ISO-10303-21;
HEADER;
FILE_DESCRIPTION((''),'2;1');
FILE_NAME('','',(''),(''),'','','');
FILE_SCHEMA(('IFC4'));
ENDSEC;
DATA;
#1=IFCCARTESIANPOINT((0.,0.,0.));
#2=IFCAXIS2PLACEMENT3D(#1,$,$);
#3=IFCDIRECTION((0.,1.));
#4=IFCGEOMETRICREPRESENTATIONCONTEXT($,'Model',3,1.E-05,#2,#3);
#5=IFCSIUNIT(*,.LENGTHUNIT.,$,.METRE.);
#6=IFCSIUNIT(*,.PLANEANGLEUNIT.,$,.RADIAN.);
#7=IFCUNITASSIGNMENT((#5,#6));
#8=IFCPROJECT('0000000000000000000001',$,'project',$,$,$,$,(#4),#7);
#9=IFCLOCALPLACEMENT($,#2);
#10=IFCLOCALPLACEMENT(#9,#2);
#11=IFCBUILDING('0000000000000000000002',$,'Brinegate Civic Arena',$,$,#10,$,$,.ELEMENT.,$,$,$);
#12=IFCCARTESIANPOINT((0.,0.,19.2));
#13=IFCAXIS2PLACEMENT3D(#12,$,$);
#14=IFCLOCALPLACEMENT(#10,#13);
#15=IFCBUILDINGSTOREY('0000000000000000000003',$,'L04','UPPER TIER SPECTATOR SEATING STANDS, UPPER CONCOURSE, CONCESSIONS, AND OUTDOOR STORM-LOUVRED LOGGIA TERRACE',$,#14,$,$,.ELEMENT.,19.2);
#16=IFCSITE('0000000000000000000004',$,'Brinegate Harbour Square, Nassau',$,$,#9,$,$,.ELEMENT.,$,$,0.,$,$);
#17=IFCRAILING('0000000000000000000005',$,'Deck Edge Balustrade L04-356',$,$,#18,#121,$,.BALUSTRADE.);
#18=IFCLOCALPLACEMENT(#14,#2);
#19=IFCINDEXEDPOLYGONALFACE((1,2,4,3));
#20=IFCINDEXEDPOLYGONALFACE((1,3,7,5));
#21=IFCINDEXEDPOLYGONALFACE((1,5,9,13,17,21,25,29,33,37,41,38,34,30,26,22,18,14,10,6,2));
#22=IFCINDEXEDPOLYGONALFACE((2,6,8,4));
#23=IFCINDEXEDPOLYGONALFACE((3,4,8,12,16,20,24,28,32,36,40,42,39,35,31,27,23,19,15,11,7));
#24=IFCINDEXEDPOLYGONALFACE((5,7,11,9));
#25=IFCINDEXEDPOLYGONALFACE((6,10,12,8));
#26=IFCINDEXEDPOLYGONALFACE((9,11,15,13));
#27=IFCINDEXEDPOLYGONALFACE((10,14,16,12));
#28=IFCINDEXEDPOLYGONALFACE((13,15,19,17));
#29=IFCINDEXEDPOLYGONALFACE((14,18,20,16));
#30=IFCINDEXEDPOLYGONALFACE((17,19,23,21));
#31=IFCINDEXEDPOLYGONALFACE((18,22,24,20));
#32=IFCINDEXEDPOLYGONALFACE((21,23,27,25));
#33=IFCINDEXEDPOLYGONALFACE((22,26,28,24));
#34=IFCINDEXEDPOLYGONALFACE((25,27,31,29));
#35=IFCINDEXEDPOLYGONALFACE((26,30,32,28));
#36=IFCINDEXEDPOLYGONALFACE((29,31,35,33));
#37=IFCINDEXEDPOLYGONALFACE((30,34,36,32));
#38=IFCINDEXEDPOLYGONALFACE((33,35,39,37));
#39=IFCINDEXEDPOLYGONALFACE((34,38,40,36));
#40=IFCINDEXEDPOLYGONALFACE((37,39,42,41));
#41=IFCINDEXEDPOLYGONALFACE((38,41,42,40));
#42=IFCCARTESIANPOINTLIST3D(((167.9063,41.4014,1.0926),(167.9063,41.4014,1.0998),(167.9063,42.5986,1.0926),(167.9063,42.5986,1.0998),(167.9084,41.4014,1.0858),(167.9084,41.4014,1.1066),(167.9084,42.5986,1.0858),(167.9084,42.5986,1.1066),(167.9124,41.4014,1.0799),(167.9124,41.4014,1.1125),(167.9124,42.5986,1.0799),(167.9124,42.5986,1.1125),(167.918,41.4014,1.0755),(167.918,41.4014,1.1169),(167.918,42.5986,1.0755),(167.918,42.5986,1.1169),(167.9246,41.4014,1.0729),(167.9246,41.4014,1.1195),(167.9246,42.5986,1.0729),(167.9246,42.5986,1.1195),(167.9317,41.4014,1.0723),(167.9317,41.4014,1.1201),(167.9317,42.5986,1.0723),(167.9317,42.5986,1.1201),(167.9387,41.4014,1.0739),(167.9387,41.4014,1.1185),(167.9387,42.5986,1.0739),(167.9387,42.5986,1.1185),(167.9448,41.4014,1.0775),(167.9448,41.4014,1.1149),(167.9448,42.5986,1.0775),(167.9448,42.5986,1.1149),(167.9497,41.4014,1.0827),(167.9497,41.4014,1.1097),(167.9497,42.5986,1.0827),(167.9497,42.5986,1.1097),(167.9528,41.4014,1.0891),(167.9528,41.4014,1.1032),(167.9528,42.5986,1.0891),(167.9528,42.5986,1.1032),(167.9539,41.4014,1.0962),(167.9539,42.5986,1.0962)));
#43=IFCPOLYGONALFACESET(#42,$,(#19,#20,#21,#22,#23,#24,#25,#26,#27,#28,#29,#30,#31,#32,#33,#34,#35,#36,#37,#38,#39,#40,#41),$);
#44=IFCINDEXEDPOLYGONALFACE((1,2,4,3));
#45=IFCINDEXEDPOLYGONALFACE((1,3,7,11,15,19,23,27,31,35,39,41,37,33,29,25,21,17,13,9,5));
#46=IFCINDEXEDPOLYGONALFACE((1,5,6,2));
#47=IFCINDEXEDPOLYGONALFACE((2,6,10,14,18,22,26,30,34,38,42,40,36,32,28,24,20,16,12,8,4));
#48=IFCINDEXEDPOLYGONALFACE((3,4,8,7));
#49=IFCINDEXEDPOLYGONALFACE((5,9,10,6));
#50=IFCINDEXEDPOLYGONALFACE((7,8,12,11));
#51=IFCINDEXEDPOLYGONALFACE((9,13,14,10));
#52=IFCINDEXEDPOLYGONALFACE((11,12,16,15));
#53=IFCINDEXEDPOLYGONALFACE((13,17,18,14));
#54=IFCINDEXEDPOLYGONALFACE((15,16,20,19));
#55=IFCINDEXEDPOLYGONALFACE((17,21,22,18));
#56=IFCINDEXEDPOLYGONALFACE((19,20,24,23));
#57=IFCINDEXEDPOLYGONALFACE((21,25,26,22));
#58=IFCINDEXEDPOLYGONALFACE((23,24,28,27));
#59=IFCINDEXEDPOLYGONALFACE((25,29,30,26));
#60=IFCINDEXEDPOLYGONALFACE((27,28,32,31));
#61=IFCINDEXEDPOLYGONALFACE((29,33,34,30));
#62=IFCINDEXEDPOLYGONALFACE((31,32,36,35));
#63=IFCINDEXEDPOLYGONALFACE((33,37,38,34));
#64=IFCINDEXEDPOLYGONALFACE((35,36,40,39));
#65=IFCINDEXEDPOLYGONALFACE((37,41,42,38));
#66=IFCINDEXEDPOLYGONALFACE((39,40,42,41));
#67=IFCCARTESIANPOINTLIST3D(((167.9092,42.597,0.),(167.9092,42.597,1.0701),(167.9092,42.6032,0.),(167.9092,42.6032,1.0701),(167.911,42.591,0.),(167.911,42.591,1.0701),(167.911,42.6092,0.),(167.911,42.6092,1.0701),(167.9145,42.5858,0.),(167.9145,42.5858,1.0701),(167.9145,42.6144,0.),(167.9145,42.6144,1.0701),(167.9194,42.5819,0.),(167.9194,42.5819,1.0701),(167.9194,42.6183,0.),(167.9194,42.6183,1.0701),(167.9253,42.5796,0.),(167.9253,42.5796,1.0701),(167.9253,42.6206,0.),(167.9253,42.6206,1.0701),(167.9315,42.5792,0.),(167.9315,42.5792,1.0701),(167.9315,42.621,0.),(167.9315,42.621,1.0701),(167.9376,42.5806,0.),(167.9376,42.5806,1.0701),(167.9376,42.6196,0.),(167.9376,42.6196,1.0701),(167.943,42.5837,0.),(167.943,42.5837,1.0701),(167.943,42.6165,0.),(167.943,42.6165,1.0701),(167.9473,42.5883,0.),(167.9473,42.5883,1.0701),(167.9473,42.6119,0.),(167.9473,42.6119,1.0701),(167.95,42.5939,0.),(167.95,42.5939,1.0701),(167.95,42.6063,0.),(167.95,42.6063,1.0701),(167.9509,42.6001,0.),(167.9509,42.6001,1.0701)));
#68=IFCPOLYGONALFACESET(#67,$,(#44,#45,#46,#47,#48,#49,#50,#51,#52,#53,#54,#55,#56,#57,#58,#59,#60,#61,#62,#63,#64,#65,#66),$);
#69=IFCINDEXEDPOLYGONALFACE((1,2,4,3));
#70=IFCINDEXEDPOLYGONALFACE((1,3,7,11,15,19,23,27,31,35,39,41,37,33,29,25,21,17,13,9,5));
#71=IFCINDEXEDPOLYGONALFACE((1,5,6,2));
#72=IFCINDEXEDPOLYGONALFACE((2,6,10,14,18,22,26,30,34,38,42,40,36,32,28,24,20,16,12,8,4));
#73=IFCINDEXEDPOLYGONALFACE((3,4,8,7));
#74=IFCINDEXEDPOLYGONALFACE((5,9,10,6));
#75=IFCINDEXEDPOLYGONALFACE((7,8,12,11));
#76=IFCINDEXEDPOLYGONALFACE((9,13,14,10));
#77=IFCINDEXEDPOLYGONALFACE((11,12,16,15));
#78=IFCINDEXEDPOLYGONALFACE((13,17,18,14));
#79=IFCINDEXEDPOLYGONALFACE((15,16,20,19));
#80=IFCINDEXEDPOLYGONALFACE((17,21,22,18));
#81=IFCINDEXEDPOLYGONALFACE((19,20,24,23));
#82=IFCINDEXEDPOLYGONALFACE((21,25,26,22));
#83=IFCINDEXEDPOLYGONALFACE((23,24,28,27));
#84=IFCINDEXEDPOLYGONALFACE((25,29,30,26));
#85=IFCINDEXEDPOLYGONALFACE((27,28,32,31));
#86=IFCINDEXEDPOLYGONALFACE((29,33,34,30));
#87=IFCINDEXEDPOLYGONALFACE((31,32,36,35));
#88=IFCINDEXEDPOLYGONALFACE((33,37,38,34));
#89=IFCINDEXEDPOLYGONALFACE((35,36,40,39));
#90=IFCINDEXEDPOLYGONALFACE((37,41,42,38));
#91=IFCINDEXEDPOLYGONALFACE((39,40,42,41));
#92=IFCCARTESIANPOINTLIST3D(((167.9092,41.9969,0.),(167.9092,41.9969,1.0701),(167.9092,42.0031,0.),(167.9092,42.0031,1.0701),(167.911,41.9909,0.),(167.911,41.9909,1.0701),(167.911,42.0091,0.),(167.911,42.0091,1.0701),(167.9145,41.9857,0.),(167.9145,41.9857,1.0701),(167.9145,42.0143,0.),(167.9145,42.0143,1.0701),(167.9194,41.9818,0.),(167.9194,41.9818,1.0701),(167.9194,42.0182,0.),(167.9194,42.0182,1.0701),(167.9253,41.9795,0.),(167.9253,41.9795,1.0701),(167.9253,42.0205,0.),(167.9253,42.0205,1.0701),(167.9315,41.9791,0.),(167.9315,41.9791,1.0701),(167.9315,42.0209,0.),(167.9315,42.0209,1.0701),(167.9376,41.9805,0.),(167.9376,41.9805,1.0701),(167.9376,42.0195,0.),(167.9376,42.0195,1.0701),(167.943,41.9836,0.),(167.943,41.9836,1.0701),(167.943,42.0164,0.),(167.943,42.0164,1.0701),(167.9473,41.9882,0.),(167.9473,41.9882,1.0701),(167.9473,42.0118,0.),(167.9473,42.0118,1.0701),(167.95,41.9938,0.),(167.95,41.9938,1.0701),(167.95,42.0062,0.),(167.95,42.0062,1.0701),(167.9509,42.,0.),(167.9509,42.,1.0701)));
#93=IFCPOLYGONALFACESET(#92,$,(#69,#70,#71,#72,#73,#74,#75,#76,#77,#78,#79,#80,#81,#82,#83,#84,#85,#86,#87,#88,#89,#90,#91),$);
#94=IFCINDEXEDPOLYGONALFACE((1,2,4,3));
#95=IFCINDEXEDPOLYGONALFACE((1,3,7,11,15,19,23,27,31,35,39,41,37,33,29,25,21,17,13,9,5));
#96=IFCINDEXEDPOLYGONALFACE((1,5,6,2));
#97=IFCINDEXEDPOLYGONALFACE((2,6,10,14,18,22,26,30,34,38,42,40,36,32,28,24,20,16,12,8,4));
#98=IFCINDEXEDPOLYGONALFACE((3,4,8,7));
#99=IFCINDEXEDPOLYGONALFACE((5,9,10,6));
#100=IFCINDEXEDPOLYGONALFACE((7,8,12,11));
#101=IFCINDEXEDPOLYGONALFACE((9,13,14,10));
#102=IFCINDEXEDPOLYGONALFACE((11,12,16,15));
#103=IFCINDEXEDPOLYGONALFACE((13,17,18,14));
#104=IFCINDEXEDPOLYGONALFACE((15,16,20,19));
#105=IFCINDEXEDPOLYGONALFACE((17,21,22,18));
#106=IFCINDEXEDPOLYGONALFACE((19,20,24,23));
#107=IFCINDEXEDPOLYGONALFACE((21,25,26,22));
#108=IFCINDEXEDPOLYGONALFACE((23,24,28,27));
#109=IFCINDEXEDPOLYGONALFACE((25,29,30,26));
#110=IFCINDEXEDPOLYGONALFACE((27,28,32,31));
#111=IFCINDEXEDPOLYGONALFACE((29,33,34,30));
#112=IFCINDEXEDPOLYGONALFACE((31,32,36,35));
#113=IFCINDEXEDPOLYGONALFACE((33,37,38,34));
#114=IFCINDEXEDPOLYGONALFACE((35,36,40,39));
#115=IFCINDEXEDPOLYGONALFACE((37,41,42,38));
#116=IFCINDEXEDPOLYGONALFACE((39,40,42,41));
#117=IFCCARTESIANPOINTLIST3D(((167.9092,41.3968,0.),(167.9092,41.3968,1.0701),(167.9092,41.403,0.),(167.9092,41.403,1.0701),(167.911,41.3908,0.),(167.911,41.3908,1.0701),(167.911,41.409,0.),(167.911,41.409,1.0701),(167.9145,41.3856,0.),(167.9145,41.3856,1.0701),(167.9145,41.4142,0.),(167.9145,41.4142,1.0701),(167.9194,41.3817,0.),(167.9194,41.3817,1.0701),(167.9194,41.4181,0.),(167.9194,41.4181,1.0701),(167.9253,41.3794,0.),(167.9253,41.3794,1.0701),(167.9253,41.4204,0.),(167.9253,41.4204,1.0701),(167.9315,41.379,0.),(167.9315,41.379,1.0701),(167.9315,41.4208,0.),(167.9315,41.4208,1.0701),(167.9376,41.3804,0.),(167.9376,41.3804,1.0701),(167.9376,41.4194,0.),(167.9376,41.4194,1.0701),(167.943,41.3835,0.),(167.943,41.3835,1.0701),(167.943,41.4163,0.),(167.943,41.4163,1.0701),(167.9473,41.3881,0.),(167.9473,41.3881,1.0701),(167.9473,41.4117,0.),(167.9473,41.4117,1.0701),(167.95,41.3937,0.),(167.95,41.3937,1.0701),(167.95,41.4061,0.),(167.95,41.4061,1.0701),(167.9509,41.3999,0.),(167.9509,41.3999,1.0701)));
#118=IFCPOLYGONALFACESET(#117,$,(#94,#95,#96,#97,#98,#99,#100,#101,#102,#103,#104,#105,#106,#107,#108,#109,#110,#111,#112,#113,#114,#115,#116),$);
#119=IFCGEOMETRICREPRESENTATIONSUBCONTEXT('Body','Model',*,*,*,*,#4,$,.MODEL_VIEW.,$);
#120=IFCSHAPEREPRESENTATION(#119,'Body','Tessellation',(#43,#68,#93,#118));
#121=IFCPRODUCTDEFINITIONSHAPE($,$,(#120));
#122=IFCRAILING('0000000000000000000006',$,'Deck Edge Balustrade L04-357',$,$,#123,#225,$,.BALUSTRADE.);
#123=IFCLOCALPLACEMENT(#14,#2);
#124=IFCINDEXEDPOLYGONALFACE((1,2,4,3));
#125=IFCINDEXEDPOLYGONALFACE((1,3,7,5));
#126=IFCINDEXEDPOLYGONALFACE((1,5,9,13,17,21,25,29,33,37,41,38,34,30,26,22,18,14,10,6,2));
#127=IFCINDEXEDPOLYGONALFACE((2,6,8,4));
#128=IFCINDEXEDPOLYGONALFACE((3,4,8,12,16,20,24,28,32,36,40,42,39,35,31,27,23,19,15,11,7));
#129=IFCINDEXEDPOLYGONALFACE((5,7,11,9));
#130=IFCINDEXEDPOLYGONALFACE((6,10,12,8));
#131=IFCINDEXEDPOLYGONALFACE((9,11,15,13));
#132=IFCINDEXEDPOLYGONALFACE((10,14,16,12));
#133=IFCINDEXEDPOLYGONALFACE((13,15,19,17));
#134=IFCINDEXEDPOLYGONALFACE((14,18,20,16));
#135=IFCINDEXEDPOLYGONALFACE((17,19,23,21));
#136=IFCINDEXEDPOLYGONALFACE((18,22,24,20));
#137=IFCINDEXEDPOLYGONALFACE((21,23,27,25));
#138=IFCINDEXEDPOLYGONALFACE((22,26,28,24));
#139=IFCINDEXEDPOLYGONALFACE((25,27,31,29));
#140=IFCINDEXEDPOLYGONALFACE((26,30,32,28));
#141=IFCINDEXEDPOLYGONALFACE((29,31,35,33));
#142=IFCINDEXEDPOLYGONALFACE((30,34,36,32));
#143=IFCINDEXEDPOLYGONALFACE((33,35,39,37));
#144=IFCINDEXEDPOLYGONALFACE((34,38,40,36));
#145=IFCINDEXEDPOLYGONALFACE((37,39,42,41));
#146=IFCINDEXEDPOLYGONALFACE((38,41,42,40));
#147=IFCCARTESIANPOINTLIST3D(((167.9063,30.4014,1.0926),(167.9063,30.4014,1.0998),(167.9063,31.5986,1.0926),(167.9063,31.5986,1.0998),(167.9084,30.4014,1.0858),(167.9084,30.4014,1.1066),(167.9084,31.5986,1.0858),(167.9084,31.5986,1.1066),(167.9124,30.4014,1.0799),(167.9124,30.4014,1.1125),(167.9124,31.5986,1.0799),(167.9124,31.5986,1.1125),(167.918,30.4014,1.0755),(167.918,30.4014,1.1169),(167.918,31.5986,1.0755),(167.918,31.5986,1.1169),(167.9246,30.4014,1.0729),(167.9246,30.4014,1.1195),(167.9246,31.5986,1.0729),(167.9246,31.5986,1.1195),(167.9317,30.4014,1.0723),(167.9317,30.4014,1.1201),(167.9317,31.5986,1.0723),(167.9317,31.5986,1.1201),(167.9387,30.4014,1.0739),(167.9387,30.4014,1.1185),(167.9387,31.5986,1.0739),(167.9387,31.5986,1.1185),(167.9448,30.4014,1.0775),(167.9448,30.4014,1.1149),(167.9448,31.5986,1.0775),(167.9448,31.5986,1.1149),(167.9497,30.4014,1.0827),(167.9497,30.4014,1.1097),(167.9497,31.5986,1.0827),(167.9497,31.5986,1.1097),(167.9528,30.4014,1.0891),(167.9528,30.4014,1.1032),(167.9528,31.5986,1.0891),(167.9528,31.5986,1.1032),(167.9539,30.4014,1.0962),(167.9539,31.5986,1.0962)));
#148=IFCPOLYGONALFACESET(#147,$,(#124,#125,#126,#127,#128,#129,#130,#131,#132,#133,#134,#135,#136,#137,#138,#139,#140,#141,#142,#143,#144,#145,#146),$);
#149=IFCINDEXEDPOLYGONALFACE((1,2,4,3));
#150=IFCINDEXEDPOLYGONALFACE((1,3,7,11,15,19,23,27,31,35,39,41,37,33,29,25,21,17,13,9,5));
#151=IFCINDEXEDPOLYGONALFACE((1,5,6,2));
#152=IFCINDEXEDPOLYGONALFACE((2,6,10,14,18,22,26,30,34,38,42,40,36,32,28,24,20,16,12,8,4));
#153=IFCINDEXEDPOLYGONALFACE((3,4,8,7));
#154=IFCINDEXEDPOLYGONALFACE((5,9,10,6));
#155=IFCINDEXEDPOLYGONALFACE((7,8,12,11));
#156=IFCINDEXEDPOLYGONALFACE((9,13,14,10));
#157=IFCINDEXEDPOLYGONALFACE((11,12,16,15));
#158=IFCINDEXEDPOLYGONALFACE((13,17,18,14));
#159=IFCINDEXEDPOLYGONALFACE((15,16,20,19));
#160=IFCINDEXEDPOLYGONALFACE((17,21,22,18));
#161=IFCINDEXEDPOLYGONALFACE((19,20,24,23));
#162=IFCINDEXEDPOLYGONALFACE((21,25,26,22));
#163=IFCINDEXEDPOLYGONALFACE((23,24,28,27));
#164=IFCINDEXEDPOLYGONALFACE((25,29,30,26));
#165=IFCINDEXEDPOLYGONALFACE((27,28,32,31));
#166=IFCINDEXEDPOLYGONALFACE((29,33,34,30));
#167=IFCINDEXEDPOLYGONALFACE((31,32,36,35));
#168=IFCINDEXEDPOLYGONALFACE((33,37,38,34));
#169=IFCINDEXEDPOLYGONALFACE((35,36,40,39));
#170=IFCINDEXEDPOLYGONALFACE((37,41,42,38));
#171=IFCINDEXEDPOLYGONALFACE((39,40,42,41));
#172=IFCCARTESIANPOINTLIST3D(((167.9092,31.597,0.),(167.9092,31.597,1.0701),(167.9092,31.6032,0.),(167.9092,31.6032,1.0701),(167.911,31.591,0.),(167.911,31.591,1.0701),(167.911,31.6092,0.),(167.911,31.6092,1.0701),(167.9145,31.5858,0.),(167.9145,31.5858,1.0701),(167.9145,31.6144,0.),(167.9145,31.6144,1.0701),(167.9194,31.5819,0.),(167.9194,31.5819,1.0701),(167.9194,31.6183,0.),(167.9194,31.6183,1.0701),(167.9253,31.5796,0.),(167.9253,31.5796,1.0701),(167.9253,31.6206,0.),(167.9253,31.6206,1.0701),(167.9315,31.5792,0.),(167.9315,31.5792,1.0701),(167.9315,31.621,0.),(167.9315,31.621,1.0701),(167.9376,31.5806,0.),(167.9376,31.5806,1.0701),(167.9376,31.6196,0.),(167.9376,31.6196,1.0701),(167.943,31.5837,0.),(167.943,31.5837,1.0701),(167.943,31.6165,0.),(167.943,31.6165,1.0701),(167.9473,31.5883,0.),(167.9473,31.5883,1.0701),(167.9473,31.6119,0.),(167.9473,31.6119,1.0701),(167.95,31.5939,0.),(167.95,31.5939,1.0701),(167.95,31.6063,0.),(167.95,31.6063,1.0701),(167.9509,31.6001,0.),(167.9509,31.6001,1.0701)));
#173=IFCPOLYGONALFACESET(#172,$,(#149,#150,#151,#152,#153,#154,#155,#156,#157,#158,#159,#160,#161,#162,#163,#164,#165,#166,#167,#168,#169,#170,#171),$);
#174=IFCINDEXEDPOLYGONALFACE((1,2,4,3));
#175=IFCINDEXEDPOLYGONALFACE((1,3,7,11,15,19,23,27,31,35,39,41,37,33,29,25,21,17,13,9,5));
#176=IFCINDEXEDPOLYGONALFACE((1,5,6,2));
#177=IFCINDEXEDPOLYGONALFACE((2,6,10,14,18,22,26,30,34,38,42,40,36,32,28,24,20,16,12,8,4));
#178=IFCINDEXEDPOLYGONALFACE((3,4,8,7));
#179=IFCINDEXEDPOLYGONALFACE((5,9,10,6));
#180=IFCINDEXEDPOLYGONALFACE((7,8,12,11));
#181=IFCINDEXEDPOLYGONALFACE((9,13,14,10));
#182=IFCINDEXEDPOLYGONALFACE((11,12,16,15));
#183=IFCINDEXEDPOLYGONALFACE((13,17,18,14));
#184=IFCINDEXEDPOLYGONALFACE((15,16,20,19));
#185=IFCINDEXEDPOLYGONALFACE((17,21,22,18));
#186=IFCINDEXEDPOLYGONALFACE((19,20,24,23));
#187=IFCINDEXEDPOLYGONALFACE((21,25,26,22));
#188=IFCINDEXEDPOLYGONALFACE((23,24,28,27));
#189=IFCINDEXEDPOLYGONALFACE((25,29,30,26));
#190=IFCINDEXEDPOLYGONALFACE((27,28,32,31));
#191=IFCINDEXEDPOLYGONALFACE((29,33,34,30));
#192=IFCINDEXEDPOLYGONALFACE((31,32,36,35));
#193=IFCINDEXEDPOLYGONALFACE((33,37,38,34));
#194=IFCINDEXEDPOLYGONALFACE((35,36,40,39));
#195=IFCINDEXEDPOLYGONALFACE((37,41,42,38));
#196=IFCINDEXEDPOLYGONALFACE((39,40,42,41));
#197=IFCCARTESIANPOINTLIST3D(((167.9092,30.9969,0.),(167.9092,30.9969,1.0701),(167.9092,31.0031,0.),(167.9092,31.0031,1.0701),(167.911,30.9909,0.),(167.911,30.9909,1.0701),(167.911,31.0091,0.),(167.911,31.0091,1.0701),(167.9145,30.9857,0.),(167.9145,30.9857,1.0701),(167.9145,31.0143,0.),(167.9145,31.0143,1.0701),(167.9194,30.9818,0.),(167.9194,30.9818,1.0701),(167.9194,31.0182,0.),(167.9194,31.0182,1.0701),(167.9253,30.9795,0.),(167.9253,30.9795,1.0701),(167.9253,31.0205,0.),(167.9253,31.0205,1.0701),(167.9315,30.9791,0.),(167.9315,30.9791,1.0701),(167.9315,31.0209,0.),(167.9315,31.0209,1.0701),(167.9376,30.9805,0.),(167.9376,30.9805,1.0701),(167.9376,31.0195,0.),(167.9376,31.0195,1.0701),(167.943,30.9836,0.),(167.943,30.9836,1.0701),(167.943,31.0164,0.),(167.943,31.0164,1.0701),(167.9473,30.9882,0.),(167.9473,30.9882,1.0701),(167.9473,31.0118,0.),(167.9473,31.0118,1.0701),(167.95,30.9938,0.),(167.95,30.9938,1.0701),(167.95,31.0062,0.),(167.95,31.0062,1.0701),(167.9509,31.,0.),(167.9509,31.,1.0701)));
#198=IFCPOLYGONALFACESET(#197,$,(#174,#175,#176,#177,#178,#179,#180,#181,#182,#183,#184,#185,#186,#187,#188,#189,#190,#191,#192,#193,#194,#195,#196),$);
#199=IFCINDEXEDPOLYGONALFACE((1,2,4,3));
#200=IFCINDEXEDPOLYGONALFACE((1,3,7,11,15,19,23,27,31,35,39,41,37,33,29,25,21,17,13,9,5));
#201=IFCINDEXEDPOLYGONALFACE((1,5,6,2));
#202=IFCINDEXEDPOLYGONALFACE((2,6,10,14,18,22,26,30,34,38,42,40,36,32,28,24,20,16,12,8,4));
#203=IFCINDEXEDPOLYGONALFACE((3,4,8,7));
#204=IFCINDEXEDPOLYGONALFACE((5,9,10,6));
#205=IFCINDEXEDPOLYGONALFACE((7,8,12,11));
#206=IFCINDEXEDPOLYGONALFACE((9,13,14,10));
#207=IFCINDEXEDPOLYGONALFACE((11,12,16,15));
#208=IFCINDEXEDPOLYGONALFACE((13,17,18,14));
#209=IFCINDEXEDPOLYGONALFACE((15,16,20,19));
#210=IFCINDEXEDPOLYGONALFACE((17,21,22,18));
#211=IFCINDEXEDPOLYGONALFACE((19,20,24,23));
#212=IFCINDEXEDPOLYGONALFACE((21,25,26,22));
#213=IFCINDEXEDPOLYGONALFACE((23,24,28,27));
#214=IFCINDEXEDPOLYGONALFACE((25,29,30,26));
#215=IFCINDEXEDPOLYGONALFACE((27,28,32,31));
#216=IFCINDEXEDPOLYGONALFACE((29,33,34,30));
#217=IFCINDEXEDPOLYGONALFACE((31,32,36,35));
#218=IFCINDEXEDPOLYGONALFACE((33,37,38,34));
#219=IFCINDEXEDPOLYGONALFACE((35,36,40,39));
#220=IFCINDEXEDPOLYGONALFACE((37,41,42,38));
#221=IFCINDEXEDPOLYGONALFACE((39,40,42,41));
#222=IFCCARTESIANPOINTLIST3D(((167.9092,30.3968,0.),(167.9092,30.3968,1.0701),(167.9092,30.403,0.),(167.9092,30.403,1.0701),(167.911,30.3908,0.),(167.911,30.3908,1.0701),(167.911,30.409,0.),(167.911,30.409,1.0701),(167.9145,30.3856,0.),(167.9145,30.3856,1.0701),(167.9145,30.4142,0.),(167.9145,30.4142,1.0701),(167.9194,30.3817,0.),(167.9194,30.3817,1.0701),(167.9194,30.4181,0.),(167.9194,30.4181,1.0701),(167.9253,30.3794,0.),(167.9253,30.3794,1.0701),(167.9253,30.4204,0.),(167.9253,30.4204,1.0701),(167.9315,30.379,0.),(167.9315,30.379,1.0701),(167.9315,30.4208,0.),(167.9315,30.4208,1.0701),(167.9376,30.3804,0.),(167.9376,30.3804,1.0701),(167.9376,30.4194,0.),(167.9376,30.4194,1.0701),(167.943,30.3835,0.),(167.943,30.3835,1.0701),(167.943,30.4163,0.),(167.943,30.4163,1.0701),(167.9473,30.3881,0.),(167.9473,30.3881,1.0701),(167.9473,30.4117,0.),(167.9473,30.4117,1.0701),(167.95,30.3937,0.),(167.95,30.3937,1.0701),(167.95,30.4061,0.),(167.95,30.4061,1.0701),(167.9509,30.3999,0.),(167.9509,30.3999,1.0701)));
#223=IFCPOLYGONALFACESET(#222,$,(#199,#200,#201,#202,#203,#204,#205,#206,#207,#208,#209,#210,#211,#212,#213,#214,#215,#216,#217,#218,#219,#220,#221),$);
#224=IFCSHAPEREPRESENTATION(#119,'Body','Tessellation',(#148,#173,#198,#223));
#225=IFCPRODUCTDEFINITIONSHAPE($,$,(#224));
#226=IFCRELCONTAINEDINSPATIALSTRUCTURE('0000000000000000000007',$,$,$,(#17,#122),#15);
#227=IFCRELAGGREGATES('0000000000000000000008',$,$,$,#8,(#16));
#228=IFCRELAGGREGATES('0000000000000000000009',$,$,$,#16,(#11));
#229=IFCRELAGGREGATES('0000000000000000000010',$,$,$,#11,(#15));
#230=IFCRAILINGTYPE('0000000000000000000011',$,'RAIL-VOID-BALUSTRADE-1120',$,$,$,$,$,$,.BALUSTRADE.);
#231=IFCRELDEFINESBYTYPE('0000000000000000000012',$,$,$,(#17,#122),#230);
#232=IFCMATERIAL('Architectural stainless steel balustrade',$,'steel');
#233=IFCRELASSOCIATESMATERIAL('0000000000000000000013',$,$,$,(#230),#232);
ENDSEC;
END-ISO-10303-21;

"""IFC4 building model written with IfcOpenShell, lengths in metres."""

from ifc_helpers import new_model, si_unit, direction, frame, origin, origin_2d, place, context, subcontext, project, spatial, circle, extrude, material, type_object, element, save


model = new_model("IFC4")

# Units and contexts
model_context = context("Model", 3, precision=1e-05, world=origin(), true_north=direction((0.0, 1.0)))
body_context = subcontext(model_context, "Body", "Model", "MODEL_VIEW")
ifc_project = project(units=[si_unit("LENGTHUNIT", "METRE"), si_unit("PLANEANGLEUNIT", "RADIAN")], contexts=[model_context])

# Site, building, storey
site_placement = place(None, origin())
site = spatial("IfcSite", under=ifc_project, at=site_placement, Name="Brinegate Harbour Square, Nassau", CompositionType="ELEMENT", RefElevation=0.0)
building_placement = place(site_placement, origin())
building = spatial("IfcBuilding", under=site, at=building_placement, Name="Brinegate Civic Arena", CompositionType="ELEMENT")
storey_placement = place(building_placement, frame((0.0, 0.0, 19.2)))
storey = spatial("IfcBuildingStorey", under=building, at=storey_placement, Name="L04", Description="UPPER TIER SPECTATOR SEATING STANDS, UPPER CONCOURSE, CONCESSIONS, AND OUTDOOR STORM-LOUVRED LOGGIA TERRACE", CompositionType="ELEMENT", Elevation=19.2)

# Shared definitions
ifc_material_1 = material(Name="Architectural stainless steel balustrade", Category="steel")

# Railings
railing_type_1 = type_object("IfcRailingType", Name="RAIL-VOID-BALUSTRADE-1120", PredefinedType="BALUSTRADE", material=ifc_material_1)
for number, where, name in (
    (1, (167.9299, 42.6001, 0.0), "Deck Edge Balustrade L04-356"),
    (2, (167.9299, 31.6001, 0.0), "Deck Edge Balustrade L04-357"),
):
    element("IfcRailing", number, at=place(storey_placement, frame(where)), inside=storey, type_object=railing_type_1, Name=name, PredefinedType="BALUSTRADE", context=body_context, shape_type="SweptSolid", body=[
        extrude(circle(Radius=0.0239, at=origin_2d()), frame((0.0, -0.0015, 1.0962), z_axis=(0.0, -1.0, 0.0), x_axis=(1.0, 0.0, 0.0)), (0.0, 0.0, 1.0), 1.1973),
        extrude(circle(Radius=0.021, at=origin_2d()), origin(), (0.0, 0.0, 1.0), 1.0701),
        extrude(circle(Radius=0.021, at=origin_2d()), frame((0.0, -0.6001, 0.0)), (0.0, 0.0, 1.0), 1.0701),
        extrude(circle(Radius=0.021, at=origin_2d()), frame((0.0, -1.2002, 0.0)), (0.0, 0.0, 1.0), 1.0701),
    ])

save(model, "model.ifc")
